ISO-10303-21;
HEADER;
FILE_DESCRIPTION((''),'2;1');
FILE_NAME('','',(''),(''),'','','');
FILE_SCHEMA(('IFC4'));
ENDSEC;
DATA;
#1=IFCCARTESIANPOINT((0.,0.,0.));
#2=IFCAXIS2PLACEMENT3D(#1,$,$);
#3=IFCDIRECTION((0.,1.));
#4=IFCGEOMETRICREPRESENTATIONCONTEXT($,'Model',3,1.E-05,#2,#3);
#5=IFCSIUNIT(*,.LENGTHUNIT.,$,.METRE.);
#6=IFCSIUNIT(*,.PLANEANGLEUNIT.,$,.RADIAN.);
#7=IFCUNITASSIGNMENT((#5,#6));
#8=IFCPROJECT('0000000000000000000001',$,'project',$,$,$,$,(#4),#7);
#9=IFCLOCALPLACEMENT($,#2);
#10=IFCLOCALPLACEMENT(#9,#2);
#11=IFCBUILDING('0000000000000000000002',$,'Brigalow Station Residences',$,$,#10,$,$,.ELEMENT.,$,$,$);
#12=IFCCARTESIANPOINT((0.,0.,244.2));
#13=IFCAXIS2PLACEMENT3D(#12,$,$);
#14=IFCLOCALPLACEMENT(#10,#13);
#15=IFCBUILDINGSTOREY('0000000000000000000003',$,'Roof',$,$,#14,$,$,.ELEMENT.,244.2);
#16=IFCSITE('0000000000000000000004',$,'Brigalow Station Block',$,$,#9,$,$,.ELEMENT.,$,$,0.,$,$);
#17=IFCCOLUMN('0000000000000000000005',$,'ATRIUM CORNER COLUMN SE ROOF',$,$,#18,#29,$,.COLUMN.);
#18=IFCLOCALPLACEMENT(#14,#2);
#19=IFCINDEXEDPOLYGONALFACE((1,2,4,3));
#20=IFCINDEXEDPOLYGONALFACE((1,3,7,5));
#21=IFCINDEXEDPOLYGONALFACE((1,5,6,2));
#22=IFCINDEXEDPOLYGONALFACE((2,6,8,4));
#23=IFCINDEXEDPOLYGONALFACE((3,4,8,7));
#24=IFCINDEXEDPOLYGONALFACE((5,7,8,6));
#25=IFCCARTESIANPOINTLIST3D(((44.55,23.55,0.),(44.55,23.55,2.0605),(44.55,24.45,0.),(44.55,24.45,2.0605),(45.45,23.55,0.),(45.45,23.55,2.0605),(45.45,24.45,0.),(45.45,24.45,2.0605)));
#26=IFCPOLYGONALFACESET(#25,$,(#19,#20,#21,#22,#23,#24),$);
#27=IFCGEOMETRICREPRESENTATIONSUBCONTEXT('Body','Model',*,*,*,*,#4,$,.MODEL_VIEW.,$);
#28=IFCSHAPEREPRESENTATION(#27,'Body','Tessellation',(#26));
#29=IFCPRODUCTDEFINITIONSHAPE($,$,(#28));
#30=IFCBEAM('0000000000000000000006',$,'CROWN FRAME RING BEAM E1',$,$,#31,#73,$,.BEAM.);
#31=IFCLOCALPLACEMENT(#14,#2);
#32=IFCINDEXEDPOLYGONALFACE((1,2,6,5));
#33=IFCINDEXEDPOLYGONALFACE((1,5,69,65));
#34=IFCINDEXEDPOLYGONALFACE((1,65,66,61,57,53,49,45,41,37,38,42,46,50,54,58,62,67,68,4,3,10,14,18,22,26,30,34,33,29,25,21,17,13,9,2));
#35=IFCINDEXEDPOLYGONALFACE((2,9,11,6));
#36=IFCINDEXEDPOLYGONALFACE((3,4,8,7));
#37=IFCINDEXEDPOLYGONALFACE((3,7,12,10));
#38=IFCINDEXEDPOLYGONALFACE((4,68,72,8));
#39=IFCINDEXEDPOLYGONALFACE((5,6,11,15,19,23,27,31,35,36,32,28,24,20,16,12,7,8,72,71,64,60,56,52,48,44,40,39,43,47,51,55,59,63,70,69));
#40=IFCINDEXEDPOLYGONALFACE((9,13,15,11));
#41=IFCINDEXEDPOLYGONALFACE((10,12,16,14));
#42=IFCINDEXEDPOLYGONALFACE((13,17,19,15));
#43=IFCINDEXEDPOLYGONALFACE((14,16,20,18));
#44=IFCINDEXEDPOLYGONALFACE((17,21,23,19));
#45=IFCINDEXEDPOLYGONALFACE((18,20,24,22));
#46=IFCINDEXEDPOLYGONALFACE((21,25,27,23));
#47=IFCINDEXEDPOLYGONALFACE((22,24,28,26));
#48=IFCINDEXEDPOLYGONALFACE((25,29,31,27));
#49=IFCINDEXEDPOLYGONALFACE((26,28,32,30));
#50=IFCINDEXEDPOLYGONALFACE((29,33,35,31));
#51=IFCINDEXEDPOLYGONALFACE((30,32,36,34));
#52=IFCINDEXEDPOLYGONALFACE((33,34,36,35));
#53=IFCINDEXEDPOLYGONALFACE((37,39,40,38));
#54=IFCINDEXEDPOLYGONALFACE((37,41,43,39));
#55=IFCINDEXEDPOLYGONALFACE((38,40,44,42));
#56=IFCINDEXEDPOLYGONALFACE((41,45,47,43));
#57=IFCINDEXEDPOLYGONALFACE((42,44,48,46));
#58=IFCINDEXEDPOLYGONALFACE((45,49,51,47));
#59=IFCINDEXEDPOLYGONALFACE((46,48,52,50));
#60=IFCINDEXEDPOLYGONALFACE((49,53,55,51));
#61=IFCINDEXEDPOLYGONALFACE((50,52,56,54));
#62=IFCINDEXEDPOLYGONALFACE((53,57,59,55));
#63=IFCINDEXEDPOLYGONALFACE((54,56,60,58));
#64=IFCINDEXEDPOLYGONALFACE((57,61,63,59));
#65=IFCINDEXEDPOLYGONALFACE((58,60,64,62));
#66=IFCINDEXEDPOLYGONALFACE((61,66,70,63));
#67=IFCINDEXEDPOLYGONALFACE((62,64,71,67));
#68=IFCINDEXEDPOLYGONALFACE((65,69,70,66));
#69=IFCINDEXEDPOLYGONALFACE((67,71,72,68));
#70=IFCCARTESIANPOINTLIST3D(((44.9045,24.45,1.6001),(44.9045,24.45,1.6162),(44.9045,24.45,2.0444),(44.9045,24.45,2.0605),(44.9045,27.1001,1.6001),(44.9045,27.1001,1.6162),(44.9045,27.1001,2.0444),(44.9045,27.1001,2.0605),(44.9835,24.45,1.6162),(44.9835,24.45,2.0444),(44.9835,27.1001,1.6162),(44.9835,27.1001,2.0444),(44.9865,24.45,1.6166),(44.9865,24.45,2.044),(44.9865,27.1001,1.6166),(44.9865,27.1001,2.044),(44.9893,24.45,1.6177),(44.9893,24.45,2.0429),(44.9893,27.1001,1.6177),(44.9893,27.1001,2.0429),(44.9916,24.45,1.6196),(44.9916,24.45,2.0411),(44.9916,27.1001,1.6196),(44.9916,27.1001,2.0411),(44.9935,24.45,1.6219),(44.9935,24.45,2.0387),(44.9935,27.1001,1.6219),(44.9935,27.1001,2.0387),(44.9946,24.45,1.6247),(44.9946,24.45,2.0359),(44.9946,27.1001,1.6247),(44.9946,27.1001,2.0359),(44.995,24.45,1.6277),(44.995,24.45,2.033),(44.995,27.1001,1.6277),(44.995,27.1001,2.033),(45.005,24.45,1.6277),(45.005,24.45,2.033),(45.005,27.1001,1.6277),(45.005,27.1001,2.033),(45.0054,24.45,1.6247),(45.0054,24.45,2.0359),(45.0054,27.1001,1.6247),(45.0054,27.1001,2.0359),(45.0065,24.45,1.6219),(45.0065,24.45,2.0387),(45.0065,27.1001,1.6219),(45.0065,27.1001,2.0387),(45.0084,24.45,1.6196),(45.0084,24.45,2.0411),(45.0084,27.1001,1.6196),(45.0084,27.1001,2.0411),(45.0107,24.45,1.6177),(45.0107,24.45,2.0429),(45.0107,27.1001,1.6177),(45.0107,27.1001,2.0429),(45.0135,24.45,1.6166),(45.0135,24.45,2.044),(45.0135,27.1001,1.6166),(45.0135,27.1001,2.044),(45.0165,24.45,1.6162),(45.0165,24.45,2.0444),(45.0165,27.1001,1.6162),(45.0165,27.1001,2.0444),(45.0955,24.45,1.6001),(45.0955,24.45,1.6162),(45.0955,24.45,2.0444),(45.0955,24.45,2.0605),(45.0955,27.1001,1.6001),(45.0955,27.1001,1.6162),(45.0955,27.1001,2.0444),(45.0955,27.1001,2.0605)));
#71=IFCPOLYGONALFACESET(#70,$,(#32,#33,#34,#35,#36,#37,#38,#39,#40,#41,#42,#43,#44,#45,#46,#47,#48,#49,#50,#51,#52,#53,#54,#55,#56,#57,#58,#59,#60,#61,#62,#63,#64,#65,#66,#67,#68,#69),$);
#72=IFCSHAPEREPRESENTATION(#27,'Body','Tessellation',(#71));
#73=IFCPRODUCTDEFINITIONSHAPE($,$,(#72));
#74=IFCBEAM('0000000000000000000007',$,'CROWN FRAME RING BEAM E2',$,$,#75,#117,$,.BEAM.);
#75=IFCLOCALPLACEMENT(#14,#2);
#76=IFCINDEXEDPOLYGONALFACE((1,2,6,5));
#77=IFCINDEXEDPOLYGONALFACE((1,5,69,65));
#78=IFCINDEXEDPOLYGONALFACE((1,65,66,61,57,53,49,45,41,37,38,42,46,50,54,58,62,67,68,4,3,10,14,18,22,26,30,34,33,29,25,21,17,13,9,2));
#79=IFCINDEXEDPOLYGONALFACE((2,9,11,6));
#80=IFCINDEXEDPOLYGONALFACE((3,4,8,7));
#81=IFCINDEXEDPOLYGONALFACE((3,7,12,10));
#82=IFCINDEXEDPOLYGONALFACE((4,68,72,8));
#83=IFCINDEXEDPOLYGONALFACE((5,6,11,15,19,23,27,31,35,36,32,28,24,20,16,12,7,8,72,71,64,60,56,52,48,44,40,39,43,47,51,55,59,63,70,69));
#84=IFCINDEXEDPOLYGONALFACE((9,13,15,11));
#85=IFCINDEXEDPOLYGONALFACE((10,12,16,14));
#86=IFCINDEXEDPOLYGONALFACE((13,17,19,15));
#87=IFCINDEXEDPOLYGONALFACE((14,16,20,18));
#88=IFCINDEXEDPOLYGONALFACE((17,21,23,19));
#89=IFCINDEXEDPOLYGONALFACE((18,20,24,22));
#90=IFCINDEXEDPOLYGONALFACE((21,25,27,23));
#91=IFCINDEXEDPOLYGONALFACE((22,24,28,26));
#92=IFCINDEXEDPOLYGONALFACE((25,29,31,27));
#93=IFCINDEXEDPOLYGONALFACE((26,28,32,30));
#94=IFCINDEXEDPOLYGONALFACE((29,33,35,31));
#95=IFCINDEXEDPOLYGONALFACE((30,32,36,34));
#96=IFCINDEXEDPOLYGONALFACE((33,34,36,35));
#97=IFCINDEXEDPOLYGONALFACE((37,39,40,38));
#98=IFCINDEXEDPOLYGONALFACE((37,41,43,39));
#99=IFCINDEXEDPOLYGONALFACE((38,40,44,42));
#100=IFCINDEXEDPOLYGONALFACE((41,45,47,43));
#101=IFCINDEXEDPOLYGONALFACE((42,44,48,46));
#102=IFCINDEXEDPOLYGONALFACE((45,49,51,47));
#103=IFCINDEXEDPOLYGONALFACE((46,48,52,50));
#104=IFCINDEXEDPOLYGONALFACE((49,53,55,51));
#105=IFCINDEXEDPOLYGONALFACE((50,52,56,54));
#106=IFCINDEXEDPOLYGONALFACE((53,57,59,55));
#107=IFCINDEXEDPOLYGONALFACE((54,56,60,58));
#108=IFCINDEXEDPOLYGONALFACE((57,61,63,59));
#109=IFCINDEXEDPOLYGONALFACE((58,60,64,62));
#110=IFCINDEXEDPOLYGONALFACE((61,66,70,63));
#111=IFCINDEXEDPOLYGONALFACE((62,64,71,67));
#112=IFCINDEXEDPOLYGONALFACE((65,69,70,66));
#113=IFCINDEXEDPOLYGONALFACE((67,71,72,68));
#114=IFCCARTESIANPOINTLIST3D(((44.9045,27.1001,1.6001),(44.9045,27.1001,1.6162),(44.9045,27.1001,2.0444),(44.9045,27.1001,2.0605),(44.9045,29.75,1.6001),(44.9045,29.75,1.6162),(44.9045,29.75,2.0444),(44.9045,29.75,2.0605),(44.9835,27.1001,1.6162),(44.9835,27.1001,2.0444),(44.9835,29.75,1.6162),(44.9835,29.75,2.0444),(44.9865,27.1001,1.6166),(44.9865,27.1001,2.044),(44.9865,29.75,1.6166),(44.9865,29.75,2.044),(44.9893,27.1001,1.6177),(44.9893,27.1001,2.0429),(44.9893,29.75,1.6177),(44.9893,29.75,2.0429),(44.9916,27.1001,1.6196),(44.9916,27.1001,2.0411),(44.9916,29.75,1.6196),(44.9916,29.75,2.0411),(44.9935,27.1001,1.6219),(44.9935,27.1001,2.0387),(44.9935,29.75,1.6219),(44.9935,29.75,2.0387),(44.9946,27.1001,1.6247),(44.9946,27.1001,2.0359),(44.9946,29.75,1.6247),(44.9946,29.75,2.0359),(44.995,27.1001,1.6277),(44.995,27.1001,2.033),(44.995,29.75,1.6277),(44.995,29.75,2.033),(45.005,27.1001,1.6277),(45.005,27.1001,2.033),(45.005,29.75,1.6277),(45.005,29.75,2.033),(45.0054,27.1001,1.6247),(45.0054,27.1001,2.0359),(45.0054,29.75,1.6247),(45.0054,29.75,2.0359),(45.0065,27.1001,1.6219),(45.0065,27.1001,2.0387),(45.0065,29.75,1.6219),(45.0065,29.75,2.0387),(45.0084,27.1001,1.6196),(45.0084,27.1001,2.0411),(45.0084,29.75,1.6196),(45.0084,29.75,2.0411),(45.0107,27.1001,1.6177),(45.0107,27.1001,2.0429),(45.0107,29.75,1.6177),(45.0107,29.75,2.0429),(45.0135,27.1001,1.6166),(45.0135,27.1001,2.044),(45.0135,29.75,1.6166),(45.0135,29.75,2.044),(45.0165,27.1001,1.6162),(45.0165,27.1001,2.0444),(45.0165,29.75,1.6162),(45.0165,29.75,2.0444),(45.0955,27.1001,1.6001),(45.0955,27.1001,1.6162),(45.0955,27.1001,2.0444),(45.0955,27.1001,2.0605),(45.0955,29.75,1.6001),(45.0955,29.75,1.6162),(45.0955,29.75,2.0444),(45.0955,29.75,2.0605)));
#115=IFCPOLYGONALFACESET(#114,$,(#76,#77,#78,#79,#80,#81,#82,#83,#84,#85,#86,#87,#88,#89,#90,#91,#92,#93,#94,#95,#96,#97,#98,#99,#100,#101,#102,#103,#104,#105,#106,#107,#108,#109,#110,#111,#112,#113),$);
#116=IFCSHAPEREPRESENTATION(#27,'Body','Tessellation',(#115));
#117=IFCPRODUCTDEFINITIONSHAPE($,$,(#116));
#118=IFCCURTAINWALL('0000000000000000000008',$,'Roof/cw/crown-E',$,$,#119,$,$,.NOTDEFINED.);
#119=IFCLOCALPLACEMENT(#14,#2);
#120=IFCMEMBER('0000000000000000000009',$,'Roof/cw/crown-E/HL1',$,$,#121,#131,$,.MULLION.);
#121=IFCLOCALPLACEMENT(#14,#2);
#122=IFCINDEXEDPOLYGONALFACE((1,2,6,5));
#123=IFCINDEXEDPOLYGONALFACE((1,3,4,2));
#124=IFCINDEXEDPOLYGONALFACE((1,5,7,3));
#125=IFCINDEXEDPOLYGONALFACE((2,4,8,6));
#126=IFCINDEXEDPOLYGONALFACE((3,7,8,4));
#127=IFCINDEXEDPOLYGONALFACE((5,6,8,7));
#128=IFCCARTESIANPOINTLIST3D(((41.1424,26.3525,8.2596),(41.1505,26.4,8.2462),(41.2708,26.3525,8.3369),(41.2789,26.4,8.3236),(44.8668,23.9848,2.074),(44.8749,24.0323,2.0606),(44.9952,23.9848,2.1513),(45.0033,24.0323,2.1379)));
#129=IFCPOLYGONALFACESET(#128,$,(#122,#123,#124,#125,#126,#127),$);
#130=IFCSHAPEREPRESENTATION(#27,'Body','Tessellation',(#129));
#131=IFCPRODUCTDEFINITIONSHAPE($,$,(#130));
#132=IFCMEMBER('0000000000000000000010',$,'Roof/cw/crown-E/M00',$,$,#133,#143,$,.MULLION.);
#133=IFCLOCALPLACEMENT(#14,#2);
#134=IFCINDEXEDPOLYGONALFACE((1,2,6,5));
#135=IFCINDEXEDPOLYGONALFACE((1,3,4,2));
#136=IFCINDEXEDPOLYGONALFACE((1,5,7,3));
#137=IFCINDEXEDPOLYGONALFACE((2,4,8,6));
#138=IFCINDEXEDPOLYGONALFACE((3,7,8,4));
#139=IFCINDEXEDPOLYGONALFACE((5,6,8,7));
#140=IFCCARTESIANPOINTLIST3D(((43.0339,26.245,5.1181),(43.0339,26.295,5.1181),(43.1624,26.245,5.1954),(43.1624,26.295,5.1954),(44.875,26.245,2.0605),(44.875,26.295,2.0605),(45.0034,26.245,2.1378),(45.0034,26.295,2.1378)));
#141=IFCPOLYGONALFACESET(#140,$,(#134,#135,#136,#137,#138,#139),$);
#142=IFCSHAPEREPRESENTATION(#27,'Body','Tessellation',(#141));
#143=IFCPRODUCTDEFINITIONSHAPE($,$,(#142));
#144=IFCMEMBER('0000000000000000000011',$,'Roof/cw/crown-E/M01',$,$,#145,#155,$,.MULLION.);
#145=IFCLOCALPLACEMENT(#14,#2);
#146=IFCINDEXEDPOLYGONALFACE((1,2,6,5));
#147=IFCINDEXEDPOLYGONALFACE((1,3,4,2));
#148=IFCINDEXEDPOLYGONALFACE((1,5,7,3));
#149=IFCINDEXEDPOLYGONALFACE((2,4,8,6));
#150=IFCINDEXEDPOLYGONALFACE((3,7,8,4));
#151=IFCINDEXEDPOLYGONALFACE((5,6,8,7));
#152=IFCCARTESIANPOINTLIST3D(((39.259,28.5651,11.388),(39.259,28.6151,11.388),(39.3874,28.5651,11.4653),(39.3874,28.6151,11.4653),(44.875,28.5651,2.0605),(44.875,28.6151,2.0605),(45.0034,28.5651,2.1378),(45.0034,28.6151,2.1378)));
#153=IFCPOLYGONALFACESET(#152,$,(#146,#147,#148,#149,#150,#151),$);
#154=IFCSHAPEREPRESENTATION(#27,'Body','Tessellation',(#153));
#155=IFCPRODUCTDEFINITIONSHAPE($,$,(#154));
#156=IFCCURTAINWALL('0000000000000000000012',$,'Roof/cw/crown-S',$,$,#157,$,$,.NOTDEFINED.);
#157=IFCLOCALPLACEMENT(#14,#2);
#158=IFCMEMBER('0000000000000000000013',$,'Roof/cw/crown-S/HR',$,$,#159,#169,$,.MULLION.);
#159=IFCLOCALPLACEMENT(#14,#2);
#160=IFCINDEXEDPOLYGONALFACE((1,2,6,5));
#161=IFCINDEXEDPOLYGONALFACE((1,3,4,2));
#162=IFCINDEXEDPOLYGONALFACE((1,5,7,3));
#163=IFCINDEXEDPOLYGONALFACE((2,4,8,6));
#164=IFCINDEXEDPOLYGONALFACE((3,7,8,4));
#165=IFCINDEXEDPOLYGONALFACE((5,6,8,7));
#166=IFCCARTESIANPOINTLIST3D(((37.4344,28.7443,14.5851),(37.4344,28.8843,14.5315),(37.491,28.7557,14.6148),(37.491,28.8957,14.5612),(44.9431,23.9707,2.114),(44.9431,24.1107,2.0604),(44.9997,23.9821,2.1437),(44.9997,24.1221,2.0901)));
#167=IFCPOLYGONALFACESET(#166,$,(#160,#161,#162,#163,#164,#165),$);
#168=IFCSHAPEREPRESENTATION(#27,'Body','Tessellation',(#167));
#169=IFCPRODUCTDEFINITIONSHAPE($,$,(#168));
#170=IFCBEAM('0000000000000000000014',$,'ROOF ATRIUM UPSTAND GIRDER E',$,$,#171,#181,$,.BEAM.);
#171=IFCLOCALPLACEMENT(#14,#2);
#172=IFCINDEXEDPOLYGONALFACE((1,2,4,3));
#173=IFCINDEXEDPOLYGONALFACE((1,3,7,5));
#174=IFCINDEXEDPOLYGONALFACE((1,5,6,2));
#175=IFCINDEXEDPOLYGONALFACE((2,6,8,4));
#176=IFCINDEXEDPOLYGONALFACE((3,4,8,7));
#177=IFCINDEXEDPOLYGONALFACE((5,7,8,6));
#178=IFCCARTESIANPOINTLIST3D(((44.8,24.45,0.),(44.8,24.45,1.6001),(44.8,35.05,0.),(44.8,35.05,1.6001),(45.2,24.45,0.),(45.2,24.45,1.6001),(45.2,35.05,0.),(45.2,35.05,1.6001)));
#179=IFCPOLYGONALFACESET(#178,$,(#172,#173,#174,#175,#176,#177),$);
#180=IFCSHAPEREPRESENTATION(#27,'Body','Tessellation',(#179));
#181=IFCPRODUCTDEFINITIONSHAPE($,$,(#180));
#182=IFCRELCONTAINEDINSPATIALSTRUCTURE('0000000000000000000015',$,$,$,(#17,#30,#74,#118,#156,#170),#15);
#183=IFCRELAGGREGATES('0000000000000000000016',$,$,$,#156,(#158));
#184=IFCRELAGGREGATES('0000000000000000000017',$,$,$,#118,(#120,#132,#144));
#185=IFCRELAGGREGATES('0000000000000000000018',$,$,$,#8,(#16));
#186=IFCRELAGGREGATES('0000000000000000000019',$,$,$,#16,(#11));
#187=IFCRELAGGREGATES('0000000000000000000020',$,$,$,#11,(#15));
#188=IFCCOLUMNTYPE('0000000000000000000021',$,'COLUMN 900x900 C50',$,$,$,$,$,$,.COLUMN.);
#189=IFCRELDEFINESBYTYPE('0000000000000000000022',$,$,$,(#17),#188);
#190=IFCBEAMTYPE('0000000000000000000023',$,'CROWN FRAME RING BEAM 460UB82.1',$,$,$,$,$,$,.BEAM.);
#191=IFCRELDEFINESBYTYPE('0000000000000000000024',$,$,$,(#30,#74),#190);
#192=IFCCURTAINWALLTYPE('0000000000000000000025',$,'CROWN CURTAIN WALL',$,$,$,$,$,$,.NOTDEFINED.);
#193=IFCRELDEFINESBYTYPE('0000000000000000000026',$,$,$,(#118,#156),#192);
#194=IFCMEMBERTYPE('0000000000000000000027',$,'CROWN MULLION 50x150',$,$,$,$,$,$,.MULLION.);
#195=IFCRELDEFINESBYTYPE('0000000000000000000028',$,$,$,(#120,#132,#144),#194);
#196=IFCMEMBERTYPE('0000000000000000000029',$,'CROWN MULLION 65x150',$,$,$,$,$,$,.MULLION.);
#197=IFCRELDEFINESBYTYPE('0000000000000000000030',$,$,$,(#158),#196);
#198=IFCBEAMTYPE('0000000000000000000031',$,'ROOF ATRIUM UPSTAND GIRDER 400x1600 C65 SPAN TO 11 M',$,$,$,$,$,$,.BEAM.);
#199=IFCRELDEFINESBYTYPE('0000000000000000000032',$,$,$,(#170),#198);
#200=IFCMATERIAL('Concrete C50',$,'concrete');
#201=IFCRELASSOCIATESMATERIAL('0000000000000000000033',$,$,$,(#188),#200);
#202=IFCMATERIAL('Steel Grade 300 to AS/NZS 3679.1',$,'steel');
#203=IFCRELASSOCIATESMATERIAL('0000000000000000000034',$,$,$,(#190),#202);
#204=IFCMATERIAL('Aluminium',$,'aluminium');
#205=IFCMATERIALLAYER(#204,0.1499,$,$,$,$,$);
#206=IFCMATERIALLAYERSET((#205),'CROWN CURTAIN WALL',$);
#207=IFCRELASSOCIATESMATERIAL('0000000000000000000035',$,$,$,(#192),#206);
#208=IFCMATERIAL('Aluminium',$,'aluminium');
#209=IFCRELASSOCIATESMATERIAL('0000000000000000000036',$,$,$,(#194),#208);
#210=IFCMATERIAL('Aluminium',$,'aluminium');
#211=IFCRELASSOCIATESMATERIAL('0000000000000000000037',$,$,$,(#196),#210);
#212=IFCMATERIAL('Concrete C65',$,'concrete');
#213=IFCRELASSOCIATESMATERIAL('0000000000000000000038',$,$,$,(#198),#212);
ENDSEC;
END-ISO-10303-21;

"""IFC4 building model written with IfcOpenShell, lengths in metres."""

from ifc_helpers import new_model, si_unit, direction, frame, origin, origin_2d, place, context, subcontext, project, spatial, rectangle, i_section, extrude, material, layer, layer_set, material_profile, profile_set, type_object, element, aggregate, save


model = new_model("IFC4")

# Units and contexts
model_context = context("Model", 3, precision=1e-05, world=origin(), true_north=direction((0.0, 1.0)))
body_context = subcontext(model_context, "Body", "Model", "MODEL_VIEW")
ifc_project = project(units=[si_unit("LENGTHUNIT", "METRE"), si_unit("PLANEANGLEUNIT", "RADIAN")], contexts=[model_context])

# Site, building, storey
site_placement = place(None, origin())
site = spatial("IfcSite", under=ifc_project, at=site_placement, Name="Brigalow Station Block", CompositionType="ELEMENT", RefElevation=0.0)
building_placement = place(site_placement, origin())
building = spatial("IfcBuilding", under=site, at=building_placement, Name="Brigalow Station Residences", CompositionType="ELEMENT")
storey_placement = place(building_placement, frame((0.0, 0.0, 244.2)))
storey = spatial("IfcBuildingStorey", under=building, at=storey_placement, Name="Roof", CompositionType="ELEMENT", Elevation=244.2)

# Column
ifc_material_1 = material(Name="Concrete C50", Category="concrete")
ifc_material_profile_1 = material_profile(ifc_material_1, rectangle(XDim=0.8999, YDim=0.8999, at=origin_2d()), Name="RC900x900")
ifc_profile_set_1 = profile_set([ifc_material_profile_1], Name="Concrete C50")
column_type = type_object("IfcColumnType", Name="COLUMN 900x900 C50", PredefinedType="COLUMN", material=ifc_profile_set_1)
column_placement = place(storey_placement, frame((45.0, 24.0, 0.0), z_axis=(0.0, 0.0, 1.0), x_axis=(1.0, 0.0, 0.0)))
element("IfcColumn", 1, at=column_placement, inside=storey, type_object=column_type, Name="ATRIUM CORNER COLUMN SE ROOF", PredefinedType="COLUMN", context=body_context, shape_type="SweptSolid", body=[
    extrude(rectangle(XDim=0.8999, YDim=0.8999, at=origin_2d()), origin(), (0.0, 0.0, 1.0), 2.0605),
])

# Beams
ifc_material_2 = material(Name="Steel Grade 300 to AS/NZS 3679.1", Category="steel")
ifc_material_profile_2 = material_profile(ifc_material_2, i_section(OverallWidth=0.1909, OverallDepth=0.4604, WebThickness=0.01, FlangeThickness=0.0161, FilletRadius=0.0115, at=origin_2d()), Name="460UB82.1")
ifc_profile_set_2 = profile_set([ifc_material_profile_2], Name="Steel Grade 300 to AS/NZS 3679.1")
beam_type_1 = type_object("IfcBeamType", Name="CROWN FRAME RING BEAM 460UB82.1", PredefinedType="BEAM", material=ifc_profile_set_2)
beam_1_placement = place(storey_placement, frame((45.0, 24.45, 1.8303), z_axis=(0.0, 1.0, 0.0), x_axis=(-1.0, 0.0, 0.0)))
element("IfcBeam", 2, at=beam_1_placement, inside=storey, type_object=beam_type_1, Name="CROWN FRAME RING BEAM E1", PredefinedType="BEAM", context=body_context, shape_type="SweptSolid", body=[
    extrude(i_section(OverallWidth=0.1909, OverallDepth=0.4604, WebThickness=0.01, FlangeThickness=0.0161, FilletRadius=0.0115, at=origin_2d()), origin(), (0.0, 0.0, 1.0), 2.6501),
])
beam_2_placement = place(storey_placement, frame((45.0, 27.1001, 1.8303), z_axis=(0.0, 1.0, 0.0), x_axis=(-1.0, 0.0, 0.0)))
element("IfcBeam", 3, at=beam_2_placement, inside=storey, type_object=beam_type_1, Name="CROWN FRAME RING BEAM E2", PredefinedType="BEAM", context=body_context, shape_type="SweptSolid", body=[
    extrude(i_section(OverallWidth=0.1909, OverallDepth=0.4604, WebThickness=0.01, FlangeThickness=0.0161, FilletRadius=0.0115, at=origin_2d()), origin(), (0.0, 0.0, 1.0), 2.6499),
])

# Curtain wall, members
ifc_material_3 = material(Name="Aluminium", Category="aluminium")
ifc_layer_1 = layer(ifc_material_3, 0.1499)
ifc_layer_set_1 = layer_set([ifc_layer_1], Name="CROWN CURTAIN WALL")
curtain_wall_type = type_object("IfcCurtainWallType", Name="CROWN CURTAIN WALL", PredefinedType="NOTDEFINED", material=ifc_layer_set_1)
curtain_wall_1_placement = place(storey_placement, origin())
curtain_wall_1 = element("IfcCurtainWall", 4, at=curtain_wall_1_placement, inside=storey, type_object=curtain_wall_type, Name="Roof/cw/crown-E", PredefinedType="NOTDEFINED")
ifc_material_4 = material(Name="Aluminium", Category="aluminium")
ifc_material_profile_3 = material_profile(ifc_material_4, rectangle(XDim=0.05, YDim=0.1499, at=origin_2d()), Name="CROWN MULLION 50x150")
ifc_profile_set_3 = profile_set([ifc_material_profile_3], Name="Aluminium")
member_type_1 = type_object("IfcMemberType", Name="CROWN MULLION 50x150", PredefinedType="MULLION", material=ifc_profile_set_3)
member_1_placement = place(storey_placement, frame((44.9351, 24.0085, 2.106), z_axis=(-0.490142, 0.311596, 0.814044), x_axis=(-0.160707, -0.950215, 0.266956)))
member_1 = element("IfcMember", 5, at=member_1_placement, type_object=member_type_1, Name="Roof/cw/crown-E/HL1", PredefinedType="MULLION", context=body_context, shape_type="SweptSolid", body=[
    extrude(rectangle(XDim=0.05, YDim=0.1499, at=origin_2d()), origin(), (0.0, 0.0, 1.0), 7.5986),
])
member_2_placement = place(storey_placement, frame((44.9392, 26.27, 2.0991), z_axis=(-0.515833, 0.0, 0.856689), x_axis=(0.0, -1.0, 0.0)))
member_2 = element("IfcMember", 6, at=member_2_placement, type_object=member_type_1, Name="Roof/cw/crown-E/M00", PredefinedType="MULLION", context=body_context, shape_type="SweptSolid", body=[
    extrude(rectangle(XDim=0.05, YDim=0.1499, at=origin_2d()), origin(), (0.0, 0.0, 1.0), 3.5691),
])
member_3_placement = place(storey_placement, frame((44.9392, 28.5901, 2.0991), z_axis=(-0.515814, 0.0, 0.8567), x_axis=(0.0, -1.0, 0.0)))
member_3 = element("IfcMember", 7, at=member_3_placement, type_object=member_type_1, Name="Roof/cw/crown-E/M01", PredefinedType="MULLION", context=body_context, shape_type="SweptSolid", body=[
    extrude(rectangle(XDim=0.05, YDim=0.1499, at=origin_2d()), origin(), (0.0, 0.0, 1.0), 10.8877),
])

# Curtain wall, member
curtain_wall_2_placement = place(storey_placement, origin())
curtain_wall_2 = element("IfcCurtainWall", 8, at=curtain_wall_2_placement, inside=storey, type_object=curtain_wall_type, Name="Roof/cw/crown-S", PredefinedType="NOTDEFINED")
ifc_material_5 = material(Name="Aluminium", Category="aluminium")
ifc_material_profile_4 = material_profile(ifc_material_5, rectangle(XDim=0.0649, YDim=0.1499, at=origin_2d()), Name="CROWN MULLION 65x150")
ifc_profile_set_4 = profile_set([ifc_material_profile_4], Name="Aluminium")
member_type_2 = type_object("IfcMemberType", Name="CROWN MULLION 65x150", PredefinedType="MULLION", material=ifc_profile_set_4)
member_4_placement = place(storey_placement, frame((44.9714, 24.0464, 2.1021), z_axis=(-0.490132, 0.311599, 0.81405), x_axis=(-0.871648, -0.175226, -0.457739)))
member_4 = element("IfcMember", 9, at=member_4_placement, type_object=member_type_2, Name="Roof/cw/crown-S/HR", PredefinedType="MULLION", context=body_context, shape_type="SweptSolid", body=[
    extrude(rectangle(XDim=0.0649, YDim=0.1499, at=origin_2d()), origin(), (0.0, 0.0, 1.0), 15.3198),
])
aggregate(curtain_wall_2, [member_4])

# Beam
ifc_material_6 = material(Name="Concrete C65", Category="concrete")
ifc_material_profile_5 = material_profile(ifc_material_6, rectangle(XDim=0.3999, YDim=1.6001, at=origin_2d()), Name="RC400x1600")
ifc_profile_set_5 = profile_set([ifc_material_profile_5], Name="Concrete C65")
beam_type_2 = type_object("IfcBeamType", Name="ROOF ATRIUM UPSTAND GIRDER 400x1600 C65 SPAN TO 11 M", PredefinedType="BEAM", material=ifc_profile_set_5)
beam_3_placement = place(storey_placement, frame((45.0, 24.45, 0.8), z_axis=(0.0, 1.0, 0.0), x_axis=(-1.0, 0.0, 0.0)))
element("IfcBeam", 10, at=beam_3_placement, inside=storey, type_object=beam_type_2, Name="ROOF ATRIUM UPSTAND GIRDER E", PredefinedType="BEAM", context=body_context, shape_type="SweptSolid", body=[
    extrude(rectangle(XDim=0.3999, YDim=1.6001, at=origin_2d()), origin(), (0.0, 0.0, 1.0), 10.6001),
])

aggregate(curtain_wall_1, [member_1, member_2, member_3])

save(model, "model.ifc")
